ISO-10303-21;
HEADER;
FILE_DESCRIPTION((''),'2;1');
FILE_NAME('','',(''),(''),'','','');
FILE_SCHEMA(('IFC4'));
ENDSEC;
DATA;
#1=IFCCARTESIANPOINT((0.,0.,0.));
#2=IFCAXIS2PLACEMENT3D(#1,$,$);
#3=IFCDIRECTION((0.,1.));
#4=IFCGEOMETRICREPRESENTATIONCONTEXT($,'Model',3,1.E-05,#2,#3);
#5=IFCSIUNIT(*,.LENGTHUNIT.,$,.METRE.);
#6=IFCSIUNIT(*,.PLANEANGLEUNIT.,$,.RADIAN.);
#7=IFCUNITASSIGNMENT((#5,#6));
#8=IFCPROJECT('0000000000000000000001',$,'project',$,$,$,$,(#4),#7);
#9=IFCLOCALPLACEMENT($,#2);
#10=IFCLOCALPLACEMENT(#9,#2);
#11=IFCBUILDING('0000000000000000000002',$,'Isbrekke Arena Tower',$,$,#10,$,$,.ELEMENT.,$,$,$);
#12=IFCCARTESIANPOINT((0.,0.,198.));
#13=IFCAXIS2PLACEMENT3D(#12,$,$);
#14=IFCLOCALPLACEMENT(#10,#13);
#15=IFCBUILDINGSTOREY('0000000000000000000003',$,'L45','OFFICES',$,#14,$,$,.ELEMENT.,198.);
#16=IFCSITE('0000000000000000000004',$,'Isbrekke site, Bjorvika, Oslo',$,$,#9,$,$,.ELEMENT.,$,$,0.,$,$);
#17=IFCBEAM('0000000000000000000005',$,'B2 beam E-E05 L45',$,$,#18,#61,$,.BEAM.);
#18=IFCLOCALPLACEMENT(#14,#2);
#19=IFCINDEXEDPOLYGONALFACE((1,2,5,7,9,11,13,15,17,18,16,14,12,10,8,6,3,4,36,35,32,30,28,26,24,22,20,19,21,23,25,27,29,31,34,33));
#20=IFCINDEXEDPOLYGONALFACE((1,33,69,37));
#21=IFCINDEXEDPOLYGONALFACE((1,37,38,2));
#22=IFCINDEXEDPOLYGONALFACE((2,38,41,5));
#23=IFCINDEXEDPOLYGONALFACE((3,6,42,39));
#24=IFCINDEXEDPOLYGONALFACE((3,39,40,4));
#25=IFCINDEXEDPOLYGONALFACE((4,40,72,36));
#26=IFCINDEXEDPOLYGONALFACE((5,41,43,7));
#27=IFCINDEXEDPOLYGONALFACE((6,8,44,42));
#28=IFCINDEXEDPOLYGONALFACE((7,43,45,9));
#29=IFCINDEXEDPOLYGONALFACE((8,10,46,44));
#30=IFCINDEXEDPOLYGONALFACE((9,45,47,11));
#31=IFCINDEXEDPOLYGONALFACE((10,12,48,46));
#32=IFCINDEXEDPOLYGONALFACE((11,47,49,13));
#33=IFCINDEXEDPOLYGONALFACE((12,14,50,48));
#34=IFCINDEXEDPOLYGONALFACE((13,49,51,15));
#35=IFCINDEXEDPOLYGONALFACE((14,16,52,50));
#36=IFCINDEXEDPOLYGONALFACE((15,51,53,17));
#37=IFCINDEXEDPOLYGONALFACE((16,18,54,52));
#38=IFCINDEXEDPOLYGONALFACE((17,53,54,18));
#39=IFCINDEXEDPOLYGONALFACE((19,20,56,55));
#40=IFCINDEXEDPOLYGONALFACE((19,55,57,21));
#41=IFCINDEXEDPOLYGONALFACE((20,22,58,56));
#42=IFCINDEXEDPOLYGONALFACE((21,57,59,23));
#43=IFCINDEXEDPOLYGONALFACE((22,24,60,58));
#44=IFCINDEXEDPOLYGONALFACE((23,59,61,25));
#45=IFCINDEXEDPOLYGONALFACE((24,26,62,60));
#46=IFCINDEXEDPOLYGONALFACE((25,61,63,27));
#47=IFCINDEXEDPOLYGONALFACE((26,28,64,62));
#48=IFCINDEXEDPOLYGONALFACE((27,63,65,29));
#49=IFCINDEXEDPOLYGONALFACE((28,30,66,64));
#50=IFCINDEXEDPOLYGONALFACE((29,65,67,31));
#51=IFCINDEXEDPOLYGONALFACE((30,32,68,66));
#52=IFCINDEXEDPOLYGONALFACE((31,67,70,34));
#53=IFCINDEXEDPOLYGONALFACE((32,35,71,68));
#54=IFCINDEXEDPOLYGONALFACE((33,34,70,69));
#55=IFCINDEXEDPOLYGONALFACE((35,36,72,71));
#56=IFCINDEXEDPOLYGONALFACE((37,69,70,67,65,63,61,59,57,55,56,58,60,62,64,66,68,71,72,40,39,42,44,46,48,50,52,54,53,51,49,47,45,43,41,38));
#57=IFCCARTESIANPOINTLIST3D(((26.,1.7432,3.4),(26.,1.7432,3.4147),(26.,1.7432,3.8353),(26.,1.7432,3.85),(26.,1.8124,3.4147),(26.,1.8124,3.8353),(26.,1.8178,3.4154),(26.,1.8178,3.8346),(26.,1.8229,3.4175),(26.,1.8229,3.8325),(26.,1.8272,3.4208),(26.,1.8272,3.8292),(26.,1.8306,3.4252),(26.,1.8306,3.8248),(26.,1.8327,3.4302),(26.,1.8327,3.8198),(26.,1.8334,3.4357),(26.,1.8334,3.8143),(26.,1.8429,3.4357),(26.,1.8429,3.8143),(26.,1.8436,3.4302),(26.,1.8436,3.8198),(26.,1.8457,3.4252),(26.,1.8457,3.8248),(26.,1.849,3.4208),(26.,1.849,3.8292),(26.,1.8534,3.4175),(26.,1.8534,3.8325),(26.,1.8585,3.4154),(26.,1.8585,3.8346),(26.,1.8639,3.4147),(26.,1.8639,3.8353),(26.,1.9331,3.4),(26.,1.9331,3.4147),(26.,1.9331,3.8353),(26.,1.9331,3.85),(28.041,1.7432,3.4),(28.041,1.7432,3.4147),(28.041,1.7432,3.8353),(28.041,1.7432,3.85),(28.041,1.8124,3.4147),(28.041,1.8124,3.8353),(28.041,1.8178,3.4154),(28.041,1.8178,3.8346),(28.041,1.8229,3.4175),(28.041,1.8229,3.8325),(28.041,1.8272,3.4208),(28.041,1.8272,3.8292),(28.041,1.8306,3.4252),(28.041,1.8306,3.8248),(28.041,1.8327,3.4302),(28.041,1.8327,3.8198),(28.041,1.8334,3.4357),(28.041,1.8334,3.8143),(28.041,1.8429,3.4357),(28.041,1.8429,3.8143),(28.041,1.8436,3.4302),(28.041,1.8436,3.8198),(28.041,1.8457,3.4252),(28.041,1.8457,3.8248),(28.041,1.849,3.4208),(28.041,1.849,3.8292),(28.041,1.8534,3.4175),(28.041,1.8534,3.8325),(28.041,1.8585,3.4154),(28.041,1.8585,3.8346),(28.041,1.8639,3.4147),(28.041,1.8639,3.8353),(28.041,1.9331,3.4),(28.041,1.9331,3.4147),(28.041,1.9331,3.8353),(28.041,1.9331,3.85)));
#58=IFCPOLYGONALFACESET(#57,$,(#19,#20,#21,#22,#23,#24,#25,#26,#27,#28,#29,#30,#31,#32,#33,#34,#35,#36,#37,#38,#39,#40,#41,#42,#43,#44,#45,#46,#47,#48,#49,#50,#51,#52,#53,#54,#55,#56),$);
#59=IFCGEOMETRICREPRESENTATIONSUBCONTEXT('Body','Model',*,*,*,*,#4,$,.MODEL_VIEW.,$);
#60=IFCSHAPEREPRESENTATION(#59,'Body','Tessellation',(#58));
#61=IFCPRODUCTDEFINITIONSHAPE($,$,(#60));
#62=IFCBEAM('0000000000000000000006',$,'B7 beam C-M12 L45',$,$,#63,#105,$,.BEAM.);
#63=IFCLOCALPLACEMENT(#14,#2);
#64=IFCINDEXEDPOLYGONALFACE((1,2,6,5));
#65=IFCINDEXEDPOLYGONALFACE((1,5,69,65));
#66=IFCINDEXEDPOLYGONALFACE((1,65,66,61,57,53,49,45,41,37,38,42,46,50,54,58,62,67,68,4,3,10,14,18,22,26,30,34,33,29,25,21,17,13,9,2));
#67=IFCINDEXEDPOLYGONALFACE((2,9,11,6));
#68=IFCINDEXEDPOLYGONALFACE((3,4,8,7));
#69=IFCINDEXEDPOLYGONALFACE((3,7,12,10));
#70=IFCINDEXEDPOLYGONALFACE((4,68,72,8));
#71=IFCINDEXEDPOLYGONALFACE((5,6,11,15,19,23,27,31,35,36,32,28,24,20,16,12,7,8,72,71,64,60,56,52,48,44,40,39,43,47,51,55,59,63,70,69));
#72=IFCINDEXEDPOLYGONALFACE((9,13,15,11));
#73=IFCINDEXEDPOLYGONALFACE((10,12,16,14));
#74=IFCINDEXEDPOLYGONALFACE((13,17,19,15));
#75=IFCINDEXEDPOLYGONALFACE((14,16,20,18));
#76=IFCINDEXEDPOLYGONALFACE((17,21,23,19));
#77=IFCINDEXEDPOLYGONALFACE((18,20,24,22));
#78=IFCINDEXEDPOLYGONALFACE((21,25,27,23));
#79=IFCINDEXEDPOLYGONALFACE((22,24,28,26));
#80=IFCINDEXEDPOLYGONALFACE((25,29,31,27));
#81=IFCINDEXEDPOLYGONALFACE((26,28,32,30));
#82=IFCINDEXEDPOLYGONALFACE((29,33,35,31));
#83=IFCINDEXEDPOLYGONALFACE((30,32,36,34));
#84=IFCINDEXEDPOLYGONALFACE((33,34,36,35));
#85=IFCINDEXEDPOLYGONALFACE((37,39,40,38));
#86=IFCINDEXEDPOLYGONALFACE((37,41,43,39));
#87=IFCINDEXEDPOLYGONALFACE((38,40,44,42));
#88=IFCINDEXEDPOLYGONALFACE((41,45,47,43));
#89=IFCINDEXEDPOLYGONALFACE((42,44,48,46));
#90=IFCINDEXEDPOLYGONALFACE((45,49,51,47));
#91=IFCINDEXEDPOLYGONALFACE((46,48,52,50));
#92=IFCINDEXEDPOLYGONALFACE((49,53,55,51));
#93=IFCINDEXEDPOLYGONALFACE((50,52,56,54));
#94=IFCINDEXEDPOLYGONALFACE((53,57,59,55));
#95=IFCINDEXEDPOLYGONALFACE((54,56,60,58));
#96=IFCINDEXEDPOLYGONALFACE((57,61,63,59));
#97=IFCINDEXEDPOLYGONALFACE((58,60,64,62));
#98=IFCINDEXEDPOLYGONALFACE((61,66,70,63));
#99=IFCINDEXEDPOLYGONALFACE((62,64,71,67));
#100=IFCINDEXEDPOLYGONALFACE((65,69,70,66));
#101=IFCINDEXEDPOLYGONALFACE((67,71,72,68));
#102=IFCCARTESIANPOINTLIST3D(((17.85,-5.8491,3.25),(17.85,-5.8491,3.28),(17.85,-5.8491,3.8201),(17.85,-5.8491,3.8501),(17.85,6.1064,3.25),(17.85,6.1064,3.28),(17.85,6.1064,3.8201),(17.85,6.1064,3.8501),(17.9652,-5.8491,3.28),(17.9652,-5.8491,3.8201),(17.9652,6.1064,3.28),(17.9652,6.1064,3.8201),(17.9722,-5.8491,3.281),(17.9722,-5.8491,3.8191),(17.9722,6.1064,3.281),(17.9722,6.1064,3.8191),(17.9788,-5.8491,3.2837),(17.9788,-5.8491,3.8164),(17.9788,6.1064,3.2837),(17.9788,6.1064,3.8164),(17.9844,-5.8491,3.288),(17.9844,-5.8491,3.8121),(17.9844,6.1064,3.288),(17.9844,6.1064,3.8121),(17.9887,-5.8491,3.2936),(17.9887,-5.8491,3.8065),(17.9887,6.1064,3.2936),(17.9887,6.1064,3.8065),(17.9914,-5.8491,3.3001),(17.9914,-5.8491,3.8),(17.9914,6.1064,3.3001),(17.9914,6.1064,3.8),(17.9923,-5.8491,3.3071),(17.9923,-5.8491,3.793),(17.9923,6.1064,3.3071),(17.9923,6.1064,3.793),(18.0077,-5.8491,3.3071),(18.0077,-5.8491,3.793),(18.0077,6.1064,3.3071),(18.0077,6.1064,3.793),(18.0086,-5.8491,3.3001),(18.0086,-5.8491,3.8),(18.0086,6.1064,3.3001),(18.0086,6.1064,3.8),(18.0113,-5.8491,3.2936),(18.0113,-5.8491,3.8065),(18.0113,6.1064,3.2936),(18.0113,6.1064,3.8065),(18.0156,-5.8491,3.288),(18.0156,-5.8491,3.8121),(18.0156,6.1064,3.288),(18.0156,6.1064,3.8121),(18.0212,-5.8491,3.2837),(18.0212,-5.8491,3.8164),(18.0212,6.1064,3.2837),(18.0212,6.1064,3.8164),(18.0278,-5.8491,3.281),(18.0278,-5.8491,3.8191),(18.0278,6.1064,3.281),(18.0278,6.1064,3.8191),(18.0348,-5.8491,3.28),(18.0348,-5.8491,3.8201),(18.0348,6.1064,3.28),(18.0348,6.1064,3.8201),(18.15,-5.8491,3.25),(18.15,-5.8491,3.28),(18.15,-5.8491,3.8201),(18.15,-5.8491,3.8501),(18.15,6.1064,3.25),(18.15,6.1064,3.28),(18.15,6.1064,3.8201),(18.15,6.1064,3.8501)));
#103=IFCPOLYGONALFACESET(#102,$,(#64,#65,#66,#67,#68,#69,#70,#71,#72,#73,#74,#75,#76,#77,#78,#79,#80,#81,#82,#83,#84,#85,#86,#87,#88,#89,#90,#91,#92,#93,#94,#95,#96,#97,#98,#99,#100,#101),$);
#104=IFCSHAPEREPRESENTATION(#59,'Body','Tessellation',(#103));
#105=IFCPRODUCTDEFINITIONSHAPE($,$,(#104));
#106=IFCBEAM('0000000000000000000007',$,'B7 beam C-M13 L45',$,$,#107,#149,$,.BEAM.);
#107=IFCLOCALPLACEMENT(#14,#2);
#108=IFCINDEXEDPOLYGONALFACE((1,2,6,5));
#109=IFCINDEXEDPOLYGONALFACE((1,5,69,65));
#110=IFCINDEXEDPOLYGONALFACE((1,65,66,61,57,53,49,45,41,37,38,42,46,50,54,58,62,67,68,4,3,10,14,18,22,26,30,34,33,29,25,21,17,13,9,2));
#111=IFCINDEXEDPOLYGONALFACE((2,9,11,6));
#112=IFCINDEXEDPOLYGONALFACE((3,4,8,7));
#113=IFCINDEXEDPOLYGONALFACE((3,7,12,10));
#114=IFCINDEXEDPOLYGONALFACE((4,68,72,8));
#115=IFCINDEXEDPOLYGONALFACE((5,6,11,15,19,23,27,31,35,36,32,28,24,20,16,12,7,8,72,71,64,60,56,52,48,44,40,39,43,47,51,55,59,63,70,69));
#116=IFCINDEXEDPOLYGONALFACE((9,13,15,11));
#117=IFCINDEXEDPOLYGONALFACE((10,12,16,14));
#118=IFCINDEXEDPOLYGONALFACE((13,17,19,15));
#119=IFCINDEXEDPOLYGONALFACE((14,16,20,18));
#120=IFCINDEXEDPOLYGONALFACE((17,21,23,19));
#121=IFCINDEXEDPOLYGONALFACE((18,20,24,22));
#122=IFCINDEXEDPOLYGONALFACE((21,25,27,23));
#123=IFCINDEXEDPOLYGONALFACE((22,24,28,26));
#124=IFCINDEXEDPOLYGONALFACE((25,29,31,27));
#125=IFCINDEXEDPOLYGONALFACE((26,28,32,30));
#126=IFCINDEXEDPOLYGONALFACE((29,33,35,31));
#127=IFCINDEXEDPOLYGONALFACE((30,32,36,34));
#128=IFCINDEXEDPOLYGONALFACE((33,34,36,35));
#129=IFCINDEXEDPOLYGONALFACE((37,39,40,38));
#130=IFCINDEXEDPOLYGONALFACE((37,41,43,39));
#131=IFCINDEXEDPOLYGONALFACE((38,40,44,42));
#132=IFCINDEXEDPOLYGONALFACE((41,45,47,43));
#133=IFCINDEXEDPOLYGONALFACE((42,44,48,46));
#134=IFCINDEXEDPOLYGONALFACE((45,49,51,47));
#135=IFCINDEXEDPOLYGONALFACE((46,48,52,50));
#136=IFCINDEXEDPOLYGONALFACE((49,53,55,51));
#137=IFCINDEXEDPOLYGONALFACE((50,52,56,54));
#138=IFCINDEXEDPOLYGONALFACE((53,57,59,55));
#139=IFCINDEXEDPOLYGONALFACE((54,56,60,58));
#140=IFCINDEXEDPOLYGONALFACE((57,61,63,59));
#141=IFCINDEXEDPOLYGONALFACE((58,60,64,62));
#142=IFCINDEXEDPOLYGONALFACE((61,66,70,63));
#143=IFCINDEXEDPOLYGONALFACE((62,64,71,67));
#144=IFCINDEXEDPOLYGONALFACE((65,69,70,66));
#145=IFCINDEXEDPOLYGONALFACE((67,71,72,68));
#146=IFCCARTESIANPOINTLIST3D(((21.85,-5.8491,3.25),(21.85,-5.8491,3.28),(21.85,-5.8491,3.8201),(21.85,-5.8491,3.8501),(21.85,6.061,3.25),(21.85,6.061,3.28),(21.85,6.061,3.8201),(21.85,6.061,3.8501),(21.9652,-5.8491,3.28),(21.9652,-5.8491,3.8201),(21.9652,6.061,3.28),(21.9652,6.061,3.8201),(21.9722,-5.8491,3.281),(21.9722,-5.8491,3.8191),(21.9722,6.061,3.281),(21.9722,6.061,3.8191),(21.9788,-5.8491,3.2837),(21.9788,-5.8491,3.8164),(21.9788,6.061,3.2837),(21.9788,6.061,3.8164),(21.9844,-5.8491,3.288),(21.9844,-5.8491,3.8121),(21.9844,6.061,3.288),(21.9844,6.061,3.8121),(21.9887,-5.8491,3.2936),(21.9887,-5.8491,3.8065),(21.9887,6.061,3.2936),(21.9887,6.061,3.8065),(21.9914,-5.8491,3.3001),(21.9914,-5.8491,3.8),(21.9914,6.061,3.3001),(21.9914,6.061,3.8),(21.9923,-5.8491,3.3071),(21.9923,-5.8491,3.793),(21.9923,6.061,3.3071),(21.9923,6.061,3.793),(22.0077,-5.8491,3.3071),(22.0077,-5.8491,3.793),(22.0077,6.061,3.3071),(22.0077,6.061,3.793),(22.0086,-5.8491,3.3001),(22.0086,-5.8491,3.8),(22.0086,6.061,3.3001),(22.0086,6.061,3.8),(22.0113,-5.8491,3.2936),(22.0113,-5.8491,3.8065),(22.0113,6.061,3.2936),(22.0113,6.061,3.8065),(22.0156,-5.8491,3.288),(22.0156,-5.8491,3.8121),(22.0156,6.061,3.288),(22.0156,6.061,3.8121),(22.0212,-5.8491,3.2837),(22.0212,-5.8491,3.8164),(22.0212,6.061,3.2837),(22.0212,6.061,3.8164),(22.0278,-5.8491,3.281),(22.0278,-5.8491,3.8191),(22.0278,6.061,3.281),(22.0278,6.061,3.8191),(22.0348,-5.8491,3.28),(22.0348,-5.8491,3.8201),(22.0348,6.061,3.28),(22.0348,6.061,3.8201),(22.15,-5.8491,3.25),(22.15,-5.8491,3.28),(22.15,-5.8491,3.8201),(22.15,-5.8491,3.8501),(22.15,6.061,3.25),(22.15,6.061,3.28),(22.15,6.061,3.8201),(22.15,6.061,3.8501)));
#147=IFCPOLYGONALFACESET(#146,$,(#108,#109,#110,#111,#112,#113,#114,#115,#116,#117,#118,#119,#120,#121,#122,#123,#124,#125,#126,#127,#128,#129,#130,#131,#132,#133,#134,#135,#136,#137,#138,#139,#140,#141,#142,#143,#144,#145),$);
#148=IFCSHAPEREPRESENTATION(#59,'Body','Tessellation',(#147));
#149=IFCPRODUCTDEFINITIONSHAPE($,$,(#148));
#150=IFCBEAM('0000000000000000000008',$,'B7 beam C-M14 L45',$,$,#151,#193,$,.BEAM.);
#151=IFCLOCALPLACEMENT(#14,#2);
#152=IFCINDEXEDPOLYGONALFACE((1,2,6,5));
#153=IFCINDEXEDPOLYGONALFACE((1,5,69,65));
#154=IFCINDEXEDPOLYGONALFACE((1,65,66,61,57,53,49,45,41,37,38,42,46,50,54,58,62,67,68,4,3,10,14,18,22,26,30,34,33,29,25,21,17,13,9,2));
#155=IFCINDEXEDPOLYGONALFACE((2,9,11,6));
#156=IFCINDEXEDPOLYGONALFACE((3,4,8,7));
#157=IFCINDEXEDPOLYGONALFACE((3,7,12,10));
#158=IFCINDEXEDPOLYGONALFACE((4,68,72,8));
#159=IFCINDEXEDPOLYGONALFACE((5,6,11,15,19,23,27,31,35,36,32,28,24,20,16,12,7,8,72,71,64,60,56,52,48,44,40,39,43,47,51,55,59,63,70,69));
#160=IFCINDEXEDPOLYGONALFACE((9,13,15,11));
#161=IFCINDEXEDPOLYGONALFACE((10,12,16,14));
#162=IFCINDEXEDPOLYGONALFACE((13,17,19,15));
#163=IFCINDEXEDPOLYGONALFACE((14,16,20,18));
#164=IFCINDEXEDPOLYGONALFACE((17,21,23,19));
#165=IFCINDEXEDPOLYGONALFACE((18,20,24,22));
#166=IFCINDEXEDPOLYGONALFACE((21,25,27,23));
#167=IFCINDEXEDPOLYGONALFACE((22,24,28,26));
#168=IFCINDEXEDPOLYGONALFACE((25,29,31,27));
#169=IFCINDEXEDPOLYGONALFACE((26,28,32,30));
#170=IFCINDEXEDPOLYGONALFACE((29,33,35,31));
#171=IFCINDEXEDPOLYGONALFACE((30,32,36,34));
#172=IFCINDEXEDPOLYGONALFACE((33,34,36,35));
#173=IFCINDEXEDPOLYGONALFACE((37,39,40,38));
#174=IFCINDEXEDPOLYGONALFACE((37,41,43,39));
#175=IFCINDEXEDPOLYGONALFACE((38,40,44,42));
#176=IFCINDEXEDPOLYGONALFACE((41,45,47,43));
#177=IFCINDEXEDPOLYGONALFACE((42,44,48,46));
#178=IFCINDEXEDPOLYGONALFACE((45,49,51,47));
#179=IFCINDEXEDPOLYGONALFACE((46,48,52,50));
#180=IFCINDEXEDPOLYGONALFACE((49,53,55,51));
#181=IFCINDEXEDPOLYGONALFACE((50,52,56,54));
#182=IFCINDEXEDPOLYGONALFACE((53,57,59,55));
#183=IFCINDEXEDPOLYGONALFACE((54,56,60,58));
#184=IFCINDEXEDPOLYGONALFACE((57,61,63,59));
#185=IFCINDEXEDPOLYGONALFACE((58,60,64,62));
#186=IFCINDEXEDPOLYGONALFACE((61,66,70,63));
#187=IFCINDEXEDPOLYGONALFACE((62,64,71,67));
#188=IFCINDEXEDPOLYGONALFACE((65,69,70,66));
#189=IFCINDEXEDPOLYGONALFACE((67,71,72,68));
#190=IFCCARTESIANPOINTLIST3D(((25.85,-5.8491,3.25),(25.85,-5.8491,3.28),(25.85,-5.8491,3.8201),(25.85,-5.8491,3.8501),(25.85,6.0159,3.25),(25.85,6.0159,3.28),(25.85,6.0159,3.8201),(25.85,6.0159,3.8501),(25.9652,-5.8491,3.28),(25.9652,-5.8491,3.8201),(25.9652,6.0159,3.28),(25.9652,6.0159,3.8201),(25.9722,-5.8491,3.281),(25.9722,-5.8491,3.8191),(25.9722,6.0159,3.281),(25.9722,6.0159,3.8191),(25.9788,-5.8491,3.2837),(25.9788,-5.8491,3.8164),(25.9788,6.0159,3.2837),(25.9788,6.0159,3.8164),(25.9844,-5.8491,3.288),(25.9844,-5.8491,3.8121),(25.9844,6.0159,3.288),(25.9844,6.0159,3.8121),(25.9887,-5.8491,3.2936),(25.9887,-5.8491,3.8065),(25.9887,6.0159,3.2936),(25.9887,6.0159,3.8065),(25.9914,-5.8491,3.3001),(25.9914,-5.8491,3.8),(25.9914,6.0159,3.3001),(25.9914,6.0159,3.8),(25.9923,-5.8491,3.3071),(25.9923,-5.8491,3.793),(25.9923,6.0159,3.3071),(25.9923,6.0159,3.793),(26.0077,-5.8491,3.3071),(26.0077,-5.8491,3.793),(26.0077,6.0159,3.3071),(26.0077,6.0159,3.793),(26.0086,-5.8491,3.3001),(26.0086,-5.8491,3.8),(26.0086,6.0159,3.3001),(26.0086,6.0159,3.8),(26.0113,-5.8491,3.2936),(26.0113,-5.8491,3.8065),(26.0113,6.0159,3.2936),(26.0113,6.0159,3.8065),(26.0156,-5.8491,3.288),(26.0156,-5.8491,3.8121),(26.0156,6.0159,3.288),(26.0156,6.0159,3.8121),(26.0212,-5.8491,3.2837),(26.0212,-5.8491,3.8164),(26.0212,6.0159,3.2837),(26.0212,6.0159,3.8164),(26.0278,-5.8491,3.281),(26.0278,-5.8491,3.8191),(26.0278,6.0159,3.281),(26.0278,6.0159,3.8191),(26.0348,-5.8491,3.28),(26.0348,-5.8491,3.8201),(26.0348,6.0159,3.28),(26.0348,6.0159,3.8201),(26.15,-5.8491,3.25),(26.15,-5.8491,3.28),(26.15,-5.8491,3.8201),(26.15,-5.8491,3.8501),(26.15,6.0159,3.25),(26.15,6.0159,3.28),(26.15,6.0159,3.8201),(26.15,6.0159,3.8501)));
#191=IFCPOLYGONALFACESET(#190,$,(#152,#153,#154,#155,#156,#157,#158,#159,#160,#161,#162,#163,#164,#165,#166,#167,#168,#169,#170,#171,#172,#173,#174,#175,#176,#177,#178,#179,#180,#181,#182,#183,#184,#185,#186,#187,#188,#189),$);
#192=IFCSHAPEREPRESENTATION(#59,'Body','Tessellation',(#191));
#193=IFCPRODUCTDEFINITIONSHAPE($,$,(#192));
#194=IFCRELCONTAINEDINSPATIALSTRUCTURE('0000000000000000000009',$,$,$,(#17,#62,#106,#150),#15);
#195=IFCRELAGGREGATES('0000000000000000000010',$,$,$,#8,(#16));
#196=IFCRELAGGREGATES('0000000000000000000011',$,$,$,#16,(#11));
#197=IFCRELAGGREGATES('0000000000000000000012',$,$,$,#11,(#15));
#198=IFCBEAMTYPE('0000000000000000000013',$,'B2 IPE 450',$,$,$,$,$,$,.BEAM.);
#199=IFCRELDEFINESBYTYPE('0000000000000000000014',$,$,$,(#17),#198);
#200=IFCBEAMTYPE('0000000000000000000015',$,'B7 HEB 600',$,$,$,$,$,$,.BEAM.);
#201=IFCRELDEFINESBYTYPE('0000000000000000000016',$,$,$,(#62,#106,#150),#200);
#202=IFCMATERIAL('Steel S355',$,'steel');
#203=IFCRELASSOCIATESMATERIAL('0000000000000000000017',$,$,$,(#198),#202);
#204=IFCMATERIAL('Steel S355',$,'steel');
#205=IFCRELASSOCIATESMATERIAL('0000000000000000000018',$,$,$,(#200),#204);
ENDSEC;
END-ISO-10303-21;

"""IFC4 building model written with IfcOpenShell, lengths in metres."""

from ifc_helpers import new_model, si_unit, direction, frame, origin, origin_2d, place, context, subcontext, project, spatial, i_section, extrude, material, material_profile, profile_set, type_object, element, save


model = new_model("IFC4")

# Units and contexts
model_context = context("Model", 3, precision=1e-05, world=origin(), true_north=direction((0.0, 1.0)))
body_context = subcontext(model_context, "Body", "Model", "MODEL_VIEW")
ifc_project = project(units=[si_unit("LENGTHUNIT", "METRE"), si_unit("PLANEANGLEUNIT", "RADIAN")], contexts=[model_context])

# Site, building, storey
site_placement = place(None, origin())
site = spatial("IfcSite", under=ifc_project, at=site_placement, Name="Isbrekke site, Bjorvika, Oslo", CompositionType="ELEMENT", RefElevation=0.0)
building_placement = place(site_placement, origin())
building = spatial("IfcBuilding", under=site, at=building_placement, Name="Isbrekke Arena Tower", CompositionType="ELEMENT")
storey_placement = place(building_placement, frame((0.0, 0.0, 198.0)))
storey = spatial("IfcBuildingStorey", under=building, at=storey_placement, Name="L45", Description="OFFICES", CompositionType="ELEMENT", Elevation=198.0)

# Beams
ifc_material_1 = material(Name="Steel S355", Category="steel")
ifc_material_profile_1 = material_profile(ifc_material_1, i_section(OverallWidth=0.1899, OverallDepth=0.45, WebThickness=0.0095, FlangeThickness=0.0146, FilletRadius=0.021, at=origin_2d()), Name="IPE 450")
ifc_profile_set_1 = profile_set([ifc_material_profile_1], Name="Steel S355")
beam_type_1 = type_object("IfcBeamType", Name="B2 IPE 450", PredefinedType="BEAM", material=ifc_profile_set_1)
beam_1_placement = place(storey_placement, frame((28.041, 1.8381, 3.625), z_axis=(-1.0, 0.0, 0.0), x_axis=(0.0, -1.0, 0.0)))
element("IfcBeam", 1, at=beam_1_placement, inside=storey, type_object=beam_type_1, Name="B2 beam E-E05 L45", PredefinedType="BEAM", context=body_context, shape_type="SweptSolid", body=[
    extrude(i_section(OverallWidth=0.1899, OverallDepth=0.45, WebThickness=0.0095, FlangeThickness=0.0146, FilletRadius=0.021, at=origin_2d()), origin(), (0.0, 0.0, 1.0), 2.041),
])
ifc_material_2 = material(Name="Steel S355", Category="steel")
ifc_material_profile_2 = material_profile(ifc_material_2, i_section(OverallWidth=0.3, OverallDepth=0.6001, WebThickness=0.0154, FlangeThickness=0.03, FilletRadius=0.0271, at=origin_2d()), Name="HEB 600")
ifc_profile_set_2 = profile_set([ifc_material_profile_2], Name="Steel S355")
beam_type_2 = type_object("IfcBeamType", Name="B7 HEB 600", PredefinedType="BEAM", material=ifc_profile_set_2)
beam_2_placement = place(storey_placement, frame((18.0, -5.8491, 3.55), z_axis=(0.0, 1.0, 0.0), x_axis=(-1.0, 0.0, 0.0)))
element("IfcBeam", 2, at=beam_2_placement, inside=storey, type_object=beam_type_2, Name="B7 beam C-M12 L45", PredefinedType="BEAM", context=body_context, shape_type="SweptSolid", body=[
    extrude(i_section(OverallWidth=0.3, OverallDepth=0.6001, WebThickness=0.0154, FlangeThickness=0.03, FilletRadius=0.0271, at=origin_2d()), origin(), (0.0, 0.0, 1.0), 11.9556),
])
beam_3_placement = place(storey_placement, frame((22.0, -5.8491, 3.55), z_axis=(0.0, 1.0, 0.0), x_axis=(-1.0, 0.0, 0.0)))
element("IfcBeam", 3, at=beam_3_placement, inside=storey, type_object=beam_type_2, Name="B7 beam C-M13 L45", PredefinedType="BEAM", context=body_context, shape_type="SweptSolid", body=[
    extrude(i_section(OverallWidth=0.3, OverallDepth=0.6001, WebThickness=0.0154, FlangeThickness=0.03, FilletRadius=0.0271, at=origin_2d()), origin(), (0.0, 0.0, 1.0), 11.9102),
])
beam_4_placement = place(storey_placement, frame((26.0, -5.8491, 3.55), z_axis=(0.0, 1.0, 0.0), x_axis=(-1.0, 0.0, 0.0)))
element("IfcBeam", 4, at=beam_4_placement, inside=storey, type_object=beam_type_2, Name="B7 beam C-M14 L45", PredefinedType="BEAM", context=body_context, shape_type="SweptSolid", body=[
    extrude(i_section(OverallWidth=0.3, OverallDepth=0.6001, WebThickness=0.0154, FlangeThickness=0.03, FilletRadius=0.0271, at=origin_2d()), origin(), (0.0, 0.0, 1.0), 11.865),
])

save(model, "model.ifc")
